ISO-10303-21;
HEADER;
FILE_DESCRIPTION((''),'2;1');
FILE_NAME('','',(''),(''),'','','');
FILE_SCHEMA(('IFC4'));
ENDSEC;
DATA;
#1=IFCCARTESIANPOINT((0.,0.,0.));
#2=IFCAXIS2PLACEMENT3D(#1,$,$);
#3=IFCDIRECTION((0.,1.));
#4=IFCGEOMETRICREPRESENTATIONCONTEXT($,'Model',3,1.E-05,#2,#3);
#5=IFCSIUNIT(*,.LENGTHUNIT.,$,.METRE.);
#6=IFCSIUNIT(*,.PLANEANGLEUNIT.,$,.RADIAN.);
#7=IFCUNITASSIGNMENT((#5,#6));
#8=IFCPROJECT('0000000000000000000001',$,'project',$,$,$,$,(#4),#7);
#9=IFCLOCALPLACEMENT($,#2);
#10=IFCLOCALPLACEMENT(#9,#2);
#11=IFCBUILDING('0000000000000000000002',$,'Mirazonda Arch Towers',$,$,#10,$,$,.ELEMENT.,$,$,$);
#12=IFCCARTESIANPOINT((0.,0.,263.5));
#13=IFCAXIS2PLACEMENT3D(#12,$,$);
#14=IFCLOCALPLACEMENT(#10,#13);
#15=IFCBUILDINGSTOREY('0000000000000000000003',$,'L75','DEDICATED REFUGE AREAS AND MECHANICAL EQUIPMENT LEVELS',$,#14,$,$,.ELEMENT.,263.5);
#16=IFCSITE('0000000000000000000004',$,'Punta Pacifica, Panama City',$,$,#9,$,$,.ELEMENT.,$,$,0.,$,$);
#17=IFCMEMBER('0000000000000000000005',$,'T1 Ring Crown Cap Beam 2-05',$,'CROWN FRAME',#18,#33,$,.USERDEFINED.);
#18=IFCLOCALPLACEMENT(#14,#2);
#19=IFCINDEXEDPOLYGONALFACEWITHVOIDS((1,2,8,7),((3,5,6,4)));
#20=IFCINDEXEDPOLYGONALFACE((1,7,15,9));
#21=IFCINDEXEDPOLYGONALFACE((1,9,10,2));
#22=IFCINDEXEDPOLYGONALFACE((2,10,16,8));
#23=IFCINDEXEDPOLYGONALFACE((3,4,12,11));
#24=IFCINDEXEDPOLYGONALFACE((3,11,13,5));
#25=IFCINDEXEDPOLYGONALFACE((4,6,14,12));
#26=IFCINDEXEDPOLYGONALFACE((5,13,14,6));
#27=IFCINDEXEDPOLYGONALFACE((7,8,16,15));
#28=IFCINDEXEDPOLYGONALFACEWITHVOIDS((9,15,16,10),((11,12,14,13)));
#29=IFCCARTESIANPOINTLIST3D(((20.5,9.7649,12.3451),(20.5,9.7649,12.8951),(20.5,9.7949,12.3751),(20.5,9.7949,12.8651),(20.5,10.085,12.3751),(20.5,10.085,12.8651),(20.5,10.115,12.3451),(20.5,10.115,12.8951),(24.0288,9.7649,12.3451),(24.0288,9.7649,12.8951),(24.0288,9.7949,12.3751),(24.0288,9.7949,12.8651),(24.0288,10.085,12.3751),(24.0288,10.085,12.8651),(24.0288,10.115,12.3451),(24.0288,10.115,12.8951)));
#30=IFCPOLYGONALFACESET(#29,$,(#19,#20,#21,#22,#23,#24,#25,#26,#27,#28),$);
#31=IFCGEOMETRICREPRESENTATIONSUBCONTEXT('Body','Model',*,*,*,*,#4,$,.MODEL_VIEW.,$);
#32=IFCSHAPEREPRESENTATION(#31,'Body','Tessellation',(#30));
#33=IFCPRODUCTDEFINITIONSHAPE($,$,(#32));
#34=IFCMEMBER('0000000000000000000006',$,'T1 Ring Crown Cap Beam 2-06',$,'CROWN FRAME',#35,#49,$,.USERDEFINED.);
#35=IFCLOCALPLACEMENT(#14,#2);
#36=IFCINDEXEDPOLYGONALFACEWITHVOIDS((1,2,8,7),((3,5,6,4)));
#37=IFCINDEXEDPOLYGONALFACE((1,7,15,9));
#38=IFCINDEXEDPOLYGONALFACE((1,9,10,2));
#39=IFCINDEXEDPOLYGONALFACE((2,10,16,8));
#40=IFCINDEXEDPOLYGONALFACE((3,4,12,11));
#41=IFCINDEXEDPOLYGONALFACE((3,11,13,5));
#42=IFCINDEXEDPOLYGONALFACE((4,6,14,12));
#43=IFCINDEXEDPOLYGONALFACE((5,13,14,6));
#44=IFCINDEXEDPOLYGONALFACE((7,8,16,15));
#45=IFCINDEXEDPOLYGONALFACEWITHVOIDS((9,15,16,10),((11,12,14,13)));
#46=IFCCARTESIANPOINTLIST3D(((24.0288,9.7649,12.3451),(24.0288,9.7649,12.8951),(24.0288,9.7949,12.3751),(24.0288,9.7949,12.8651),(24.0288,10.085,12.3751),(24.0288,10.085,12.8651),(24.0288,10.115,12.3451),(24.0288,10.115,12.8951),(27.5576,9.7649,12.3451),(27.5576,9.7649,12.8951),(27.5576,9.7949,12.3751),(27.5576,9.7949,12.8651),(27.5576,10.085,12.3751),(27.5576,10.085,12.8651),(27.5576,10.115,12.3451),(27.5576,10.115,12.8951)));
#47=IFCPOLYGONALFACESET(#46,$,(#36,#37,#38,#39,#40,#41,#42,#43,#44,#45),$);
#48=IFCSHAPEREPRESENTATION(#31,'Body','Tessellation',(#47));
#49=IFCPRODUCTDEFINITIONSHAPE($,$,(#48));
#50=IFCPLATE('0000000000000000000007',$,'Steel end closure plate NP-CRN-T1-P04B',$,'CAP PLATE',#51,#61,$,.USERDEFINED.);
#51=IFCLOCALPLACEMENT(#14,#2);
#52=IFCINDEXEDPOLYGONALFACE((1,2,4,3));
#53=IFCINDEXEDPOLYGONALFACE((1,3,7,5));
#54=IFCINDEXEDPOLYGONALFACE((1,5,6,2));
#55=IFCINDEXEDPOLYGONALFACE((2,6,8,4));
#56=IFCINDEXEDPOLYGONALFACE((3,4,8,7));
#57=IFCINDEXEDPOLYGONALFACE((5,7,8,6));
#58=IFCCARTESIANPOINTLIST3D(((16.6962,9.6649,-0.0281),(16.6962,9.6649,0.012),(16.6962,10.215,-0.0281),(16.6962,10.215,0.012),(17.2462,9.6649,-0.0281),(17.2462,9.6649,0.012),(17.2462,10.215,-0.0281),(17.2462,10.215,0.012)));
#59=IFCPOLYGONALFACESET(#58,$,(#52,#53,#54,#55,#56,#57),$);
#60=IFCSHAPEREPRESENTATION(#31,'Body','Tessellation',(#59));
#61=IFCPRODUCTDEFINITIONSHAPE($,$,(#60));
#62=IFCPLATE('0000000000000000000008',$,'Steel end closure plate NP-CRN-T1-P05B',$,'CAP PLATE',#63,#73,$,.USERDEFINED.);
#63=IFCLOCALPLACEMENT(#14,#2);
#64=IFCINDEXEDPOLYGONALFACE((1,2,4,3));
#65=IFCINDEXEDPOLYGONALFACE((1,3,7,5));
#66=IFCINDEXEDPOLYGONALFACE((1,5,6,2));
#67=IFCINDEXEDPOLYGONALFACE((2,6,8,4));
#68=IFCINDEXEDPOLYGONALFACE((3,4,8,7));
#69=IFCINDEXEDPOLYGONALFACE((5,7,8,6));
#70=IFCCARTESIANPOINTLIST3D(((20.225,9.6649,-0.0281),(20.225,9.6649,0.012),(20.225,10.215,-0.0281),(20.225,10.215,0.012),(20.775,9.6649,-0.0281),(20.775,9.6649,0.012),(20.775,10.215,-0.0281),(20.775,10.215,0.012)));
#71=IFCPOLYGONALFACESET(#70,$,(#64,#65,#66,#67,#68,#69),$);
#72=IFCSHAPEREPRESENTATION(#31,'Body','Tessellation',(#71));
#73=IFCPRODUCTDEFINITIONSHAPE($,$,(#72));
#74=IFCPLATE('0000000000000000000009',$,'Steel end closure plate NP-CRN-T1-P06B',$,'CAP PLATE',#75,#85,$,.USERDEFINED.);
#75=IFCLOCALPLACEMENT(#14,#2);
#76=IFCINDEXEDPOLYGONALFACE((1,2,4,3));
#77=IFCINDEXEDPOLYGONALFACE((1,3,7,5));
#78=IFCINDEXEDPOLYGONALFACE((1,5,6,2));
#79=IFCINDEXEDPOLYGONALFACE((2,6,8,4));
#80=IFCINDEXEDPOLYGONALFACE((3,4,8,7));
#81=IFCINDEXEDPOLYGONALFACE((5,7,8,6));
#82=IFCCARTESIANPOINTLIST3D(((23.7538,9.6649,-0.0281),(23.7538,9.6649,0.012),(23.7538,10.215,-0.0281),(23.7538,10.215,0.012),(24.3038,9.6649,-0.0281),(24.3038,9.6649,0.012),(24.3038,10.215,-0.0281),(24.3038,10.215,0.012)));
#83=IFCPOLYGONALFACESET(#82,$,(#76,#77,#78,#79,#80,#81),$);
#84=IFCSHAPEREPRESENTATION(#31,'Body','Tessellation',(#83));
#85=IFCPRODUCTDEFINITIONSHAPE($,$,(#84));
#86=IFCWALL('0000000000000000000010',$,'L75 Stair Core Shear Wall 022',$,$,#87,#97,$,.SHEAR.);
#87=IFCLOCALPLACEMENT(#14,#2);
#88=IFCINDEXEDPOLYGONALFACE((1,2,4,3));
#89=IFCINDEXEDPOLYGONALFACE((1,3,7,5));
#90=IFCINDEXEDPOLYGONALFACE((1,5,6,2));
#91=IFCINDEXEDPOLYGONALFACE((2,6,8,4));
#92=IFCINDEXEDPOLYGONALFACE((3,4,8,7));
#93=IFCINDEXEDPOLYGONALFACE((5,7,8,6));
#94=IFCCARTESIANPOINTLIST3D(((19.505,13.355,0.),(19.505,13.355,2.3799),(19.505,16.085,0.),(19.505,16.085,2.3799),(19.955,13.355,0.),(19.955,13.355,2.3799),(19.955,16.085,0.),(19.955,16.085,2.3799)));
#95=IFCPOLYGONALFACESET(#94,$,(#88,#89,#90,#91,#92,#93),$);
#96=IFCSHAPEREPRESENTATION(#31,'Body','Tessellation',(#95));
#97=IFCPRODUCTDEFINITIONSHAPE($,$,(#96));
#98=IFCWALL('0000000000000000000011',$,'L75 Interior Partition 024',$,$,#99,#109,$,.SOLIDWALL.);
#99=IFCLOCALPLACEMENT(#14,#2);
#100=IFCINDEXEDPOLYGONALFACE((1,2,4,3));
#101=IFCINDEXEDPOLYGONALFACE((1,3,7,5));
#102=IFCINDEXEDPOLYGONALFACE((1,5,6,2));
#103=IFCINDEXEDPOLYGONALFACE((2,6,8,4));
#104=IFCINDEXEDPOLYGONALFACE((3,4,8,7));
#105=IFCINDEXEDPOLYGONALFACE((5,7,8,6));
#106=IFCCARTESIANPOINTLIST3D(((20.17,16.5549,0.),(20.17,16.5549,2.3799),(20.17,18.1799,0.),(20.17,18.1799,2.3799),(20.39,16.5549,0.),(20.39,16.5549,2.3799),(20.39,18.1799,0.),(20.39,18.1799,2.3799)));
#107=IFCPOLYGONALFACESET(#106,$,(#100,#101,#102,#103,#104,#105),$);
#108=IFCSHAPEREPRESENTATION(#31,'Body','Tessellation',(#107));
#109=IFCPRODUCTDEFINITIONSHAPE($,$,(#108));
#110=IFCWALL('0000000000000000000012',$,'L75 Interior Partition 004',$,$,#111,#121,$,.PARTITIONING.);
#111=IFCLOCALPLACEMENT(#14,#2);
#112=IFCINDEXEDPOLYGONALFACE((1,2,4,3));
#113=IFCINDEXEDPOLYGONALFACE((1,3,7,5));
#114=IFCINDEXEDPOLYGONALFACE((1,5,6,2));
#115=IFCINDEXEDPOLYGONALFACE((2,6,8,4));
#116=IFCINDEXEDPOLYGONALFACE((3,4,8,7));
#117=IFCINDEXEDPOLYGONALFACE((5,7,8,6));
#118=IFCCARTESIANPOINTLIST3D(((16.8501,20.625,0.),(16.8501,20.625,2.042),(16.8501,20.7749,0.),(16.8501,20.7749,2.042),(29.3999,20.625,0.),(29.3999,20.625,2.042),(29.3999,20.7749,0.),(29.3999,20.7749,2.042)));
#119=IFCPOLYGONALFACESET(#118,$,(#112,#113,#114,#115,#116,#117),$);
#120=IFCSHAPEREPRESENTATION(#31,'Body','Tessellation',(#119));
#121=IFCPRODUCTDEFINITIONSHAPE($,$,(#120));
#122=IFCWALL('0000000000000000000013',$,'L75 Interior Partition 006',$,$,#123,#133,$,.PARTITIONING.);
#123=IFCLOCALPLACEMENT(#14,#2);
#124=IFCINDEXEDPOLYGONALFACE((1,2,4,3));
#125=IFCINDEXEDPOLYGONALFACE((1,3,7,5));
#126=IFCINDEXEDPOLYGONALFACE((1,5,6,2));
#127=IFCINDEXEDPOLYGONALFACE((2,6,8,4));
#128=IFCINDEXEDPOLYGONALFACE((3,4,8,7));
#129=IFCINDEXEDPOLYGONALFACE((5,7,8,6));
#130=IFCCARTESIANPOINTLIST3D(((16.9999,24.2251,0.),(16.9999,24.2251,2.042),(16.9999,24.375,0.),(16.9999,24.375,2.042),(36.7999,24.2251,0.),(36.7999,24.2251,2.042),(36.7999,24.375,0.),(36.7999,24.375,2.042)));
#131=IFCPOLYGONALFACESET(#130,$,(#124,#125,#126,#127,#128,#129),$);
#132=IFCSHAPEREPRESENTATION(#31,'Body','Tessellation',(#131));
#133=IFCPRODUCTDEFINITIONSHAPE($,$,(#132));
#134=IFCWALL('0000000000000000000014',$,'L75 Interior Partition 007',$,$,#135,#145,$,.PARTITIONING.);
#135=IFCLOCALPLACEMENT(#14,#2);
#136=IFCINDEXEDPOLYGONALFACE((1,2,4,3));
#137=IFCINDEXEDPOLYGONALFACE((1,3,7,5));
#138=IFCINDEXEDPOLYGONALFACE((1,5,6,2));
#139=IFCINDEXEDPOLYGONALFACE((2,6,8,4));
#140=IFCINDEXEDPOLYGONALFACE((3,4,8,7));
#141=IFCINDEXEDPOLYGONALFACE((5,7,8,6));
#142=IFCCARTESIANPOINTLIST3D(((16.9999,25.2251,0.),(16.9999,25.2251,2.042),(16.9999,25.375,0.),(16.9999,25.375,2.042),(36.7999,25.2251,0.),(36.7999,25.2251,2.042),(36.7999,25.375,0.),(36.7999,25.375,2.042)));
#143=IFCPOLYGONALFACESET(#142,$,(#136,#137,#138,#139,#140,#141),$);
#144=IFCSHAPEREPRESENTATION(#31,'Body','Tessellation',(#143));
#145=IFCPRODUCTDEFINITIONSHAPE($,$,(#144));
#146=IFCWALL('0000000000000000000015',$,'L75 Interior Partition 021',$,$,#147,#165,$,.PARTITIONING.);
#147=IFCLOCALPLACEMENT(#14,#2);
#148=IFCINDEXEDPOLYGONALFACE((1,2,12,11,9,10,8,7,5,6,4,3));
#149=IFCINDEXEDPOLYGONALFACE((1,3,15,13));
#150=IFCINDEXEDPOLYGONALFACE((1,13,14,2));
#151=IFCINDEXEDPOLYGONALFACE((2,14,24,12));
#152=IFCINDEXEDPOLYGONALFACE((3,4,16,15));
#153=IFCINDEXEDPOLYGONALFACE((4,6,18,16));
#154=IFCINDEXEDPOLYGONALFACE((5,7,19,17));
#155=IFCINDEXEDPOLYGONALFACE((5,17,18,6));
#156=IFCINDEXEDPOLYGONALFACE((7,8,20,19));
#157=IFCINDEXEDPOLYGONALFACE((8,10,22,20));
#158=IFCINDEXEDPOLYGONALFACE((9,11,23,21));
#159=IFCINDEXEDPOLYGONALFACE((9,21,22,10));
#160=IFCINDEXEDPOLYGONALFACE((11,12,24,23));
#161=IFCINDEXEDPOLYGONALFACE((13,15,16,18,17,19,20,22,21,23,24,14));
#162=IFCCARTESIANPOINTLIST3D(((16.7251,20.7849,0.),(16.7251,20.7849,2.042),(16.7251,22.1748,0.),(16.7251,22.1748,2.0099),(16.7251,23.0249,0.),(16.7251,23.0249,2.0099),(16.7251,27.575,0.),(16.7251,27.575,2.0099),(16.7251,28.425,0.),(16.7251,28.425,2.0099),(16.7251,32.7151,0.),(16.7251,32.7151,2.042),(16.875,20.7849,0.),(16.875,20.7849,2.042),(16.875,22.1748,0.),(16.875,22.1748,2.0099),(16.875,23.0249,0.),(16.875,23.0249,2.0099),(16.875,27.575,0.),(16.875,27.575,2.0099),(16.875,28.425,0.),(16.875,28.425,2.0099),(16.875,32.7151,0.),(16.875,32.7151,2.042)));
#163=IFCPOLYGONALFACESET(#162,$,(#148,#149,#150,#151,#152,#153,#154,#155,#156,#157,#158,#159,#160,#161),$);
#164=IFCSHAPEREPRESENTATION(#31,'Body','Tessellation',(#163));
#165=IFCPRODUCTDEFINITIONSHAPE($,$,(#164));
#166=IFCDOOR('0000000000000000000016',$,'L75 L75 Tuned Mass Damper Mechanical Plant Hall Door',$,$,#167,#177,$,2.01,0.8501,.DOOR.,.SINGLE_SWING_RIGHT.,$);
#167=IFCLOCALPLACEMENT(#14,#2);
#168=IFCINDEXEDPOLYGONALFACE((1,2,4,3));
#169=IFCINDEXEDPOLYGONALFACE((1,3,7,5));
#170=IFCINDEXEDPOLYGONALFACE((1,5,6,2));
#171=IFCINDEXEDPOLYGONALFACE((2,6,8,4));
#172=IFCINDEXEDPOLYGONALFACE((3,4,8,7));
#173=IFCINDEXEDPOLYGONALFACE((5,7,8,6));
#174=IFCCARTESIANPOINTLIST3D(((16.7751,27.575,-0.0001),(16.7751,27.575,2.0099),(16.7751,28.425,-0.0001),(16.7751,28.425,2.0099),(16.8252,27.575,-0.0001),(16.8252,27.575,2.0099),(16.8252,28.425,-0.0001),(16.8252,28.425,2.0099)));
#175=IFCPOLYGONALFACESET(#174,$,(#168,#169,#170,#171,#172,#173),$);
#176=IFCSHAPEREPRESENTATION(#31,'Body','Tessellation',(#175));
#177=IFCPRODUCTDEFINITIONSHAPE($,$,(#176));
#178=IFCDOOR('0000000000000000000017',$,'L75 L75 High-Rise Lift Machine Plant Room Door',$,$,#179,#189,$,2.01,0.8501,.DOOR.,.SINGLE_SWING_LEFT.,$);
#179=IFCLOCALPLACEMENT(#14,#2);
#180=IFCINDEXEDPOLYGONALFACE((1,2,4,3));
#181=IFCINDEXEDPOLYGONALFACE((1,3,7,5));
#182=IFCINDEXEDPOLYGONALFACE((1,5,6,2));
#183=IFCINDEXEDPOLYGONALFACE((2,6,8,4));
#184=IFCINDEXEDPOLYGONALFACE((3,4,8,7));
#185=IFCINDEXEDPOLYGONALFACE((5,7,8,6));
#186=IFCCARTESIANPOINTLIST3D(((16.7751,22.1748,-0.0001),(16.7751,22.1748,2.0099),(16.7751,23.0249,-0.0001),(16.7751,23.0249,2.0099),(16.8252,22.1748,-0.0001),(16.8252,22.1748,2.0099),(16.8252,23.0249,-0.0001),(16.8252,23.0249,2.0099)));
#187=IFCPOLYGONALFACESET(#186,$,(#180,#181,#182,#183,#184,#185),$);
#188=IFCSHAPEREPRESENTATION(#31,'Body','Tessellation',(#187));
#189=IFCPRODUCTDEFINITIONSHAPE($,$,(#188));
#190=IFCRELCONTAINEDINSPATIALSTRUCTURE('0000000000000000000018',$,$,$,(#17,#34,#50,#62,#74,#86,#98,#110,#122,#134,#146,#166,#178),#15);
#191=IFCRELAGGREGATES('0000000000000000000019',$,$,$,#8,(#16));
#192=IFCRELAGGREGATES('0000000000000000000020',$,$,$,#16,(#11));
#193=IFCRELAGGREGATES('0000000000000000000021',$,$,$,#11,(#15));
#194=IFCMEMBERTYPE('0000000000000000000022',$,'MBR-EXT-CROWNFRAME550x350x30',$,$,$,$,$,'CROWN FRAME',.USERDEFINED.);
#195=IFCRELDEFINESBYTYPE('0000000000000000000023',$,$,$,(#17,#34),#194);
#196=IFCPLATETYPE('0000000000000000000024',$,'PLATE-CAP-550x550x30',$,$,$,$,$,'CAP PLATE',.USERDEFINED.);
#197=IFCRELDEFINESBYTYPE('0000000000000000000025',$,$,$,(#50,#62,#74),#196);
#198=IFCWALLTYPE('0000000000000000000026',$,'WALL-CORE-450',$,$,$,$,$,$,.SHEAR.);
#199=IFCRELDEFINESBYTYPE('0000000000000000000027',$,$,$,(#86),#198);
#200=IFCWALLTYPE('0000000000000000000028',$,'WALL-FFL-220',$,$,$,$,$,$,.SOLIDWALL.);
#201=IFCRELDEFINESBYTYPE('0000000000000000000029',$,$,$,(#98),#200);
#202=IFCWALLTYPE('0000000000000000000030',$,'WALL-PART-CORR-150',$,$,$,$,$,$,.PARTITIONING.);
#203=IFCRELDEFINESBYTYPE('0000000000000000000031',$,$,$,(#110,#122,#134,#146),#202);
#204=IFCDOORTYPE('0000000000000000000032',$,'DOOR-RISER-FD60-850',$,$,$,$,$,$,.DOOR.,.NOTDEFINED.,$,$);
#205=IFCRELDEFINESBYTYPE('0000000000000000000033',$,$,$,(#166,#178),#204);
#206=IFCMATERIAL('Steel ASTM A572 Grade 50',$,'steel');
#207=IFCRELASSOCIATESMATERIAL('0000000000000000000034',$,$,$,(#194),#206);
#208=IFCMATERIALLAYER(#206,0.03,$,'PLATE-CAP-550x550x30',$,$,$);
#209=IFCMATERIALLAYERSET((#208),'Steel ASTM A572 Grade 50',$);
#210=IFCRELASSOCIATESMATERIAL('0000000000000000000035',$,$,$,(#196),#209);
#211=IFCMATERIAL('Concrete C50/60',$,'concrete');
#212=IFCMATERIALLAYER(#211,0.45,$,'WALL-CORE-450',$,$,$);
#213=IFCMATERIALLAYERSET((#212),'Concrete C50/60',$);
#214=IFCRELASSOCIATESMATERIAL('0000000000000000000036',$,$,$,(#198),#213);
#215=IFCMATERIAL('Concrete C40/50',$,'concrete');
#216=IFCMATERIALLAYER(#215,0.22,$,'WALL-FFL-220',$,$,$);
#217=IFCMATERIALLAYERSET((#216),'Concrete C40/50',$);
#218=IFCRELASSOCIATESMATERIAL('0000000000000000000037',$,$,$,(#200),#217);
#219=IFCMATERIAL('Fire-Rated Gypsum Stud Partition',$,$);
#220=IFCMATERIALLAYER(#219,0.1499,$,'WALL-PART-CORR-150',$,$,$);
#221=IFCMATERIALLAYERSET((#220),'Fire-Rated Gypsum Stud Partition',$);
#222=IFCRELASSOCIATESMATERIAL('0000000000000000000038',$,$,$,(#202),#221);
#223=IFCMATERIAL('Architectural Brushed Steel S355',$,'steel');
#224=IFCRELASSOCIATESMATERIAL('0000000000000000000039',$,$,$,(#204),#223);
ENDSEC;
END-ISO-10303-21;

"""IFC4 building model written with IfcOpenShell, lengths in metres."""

from ifc_helpers import new_model, si_unit, direction, frame, frame_2d, origin, origin_2d, place, context, subcontext, project, spatial, rectangle, hollow_rectangle, extrude, material, layer, layer_set, material_profile, profile_set, type_object, element, fill, save


model = new_model("IFC4")

# Units and contexts
model_context = context("Model", 3, precision=1e-05, world=origin(), true_north=direction((0.0, 1.0)))
body_context = subcontext(model_context, "Body", "Model", "MODEL_VIEW")
ifc_project = project(units=[si_unit("LENGTHUNIT", "METRE"), si_unit("PLANEANGLEUNIT", "RADIAN")], contexts=[model_context])

# Site, building, storey
site_placement = place(None, origin())
site = spatial("IfcSite", under=ifc_project, at=site_placement, Name="Punta Pacifica, Panama City", CompositionType="ELEMENT", RefElevation=0.0)
building_placement = place(site_placement, origin())
building = spatial("IfcBuilding", under=site, at=building_placement, Name="Mirazonda Arch Towers", CompositionType="ELEMENT")
storey_placement = place(building_placement, frame((0.0, 0.0, 263.5)))
storey = spatial("IfcBuildingStorey", under=building, at=storey_placement, Name="L75", Description="DEDICATED REFUGE AREAS AND MECHANICAL EQUIPMENT LEVELS", CompositionType="ELEMENT", Elevation=263.5)

# Shared definitions
ifc_material_1 = material(Name="Concrete C50/60", Category="concrete")

# Members
ifc_material_2 = material(Name="Steel ASTM A572 Grade 50", Category="steel")
ifc_material_profile_1 = material_profile(ifc_material_2, hollow_rectangle(XDim=0.3501, YDim=0.55, WallThickness=0.03, at=origin_2d()), Name="CROWNFRAME550x350x30")
ifc_profile_set_1 = profile_set([ifc_material_profile_1], Name="Steel ASTM A572 Grade 50")
member_type = type_object("IfcMemberType", Name="MBR-EXT-CROWNFRAME550x350x30", ElementType="CROWN FRAME", PredefinedType="USERDEFINED", material=ifc_profile_set_1)
for number, where, z_axis, x_axis, name in (
    (1, (20.5, 9.9399, 12.6201), (1.0, 0.0, 0.0), (0.0, 1.0, 0.0), "T1 Ring Crown Cap Beam 2-05"),
    (2, (24.0288, 9.9399, 12.6201), (1.0, 0.0, 0.0), (0.0, 1.0, 0.0), "T1 Ring Crown Cap Beam 2-06"),
):
    element("IfcMember", number, at=place(storey_placement, frame(where, z_axis=z_axis, x_axis=x_axis)), inside=storey, type_object=member_type, Name=name, ObjectType="CROWN FRAME", PredefinedType="USERDEFINED", context=body_context, shape_type="SweptSolid", body=[
        extrude(hollow_rectangle(XDim=0.3501, YDim=0.55, WallThickness=0.03, at=origin_2d()), origin(), (0.0, 0.0, 1.0), 3.5288),
    ])

# Plates
ifc_layer_1 = layer(ifc_material_2, 0.03, Name="PLATE-CAP-550x550x30")
ifc_layer_set_1 = layer_set([ifc_layer_1], Name="Steel ASTM A572 Grade 50")
plate_type = type_object("IfcPlateType", Name="PLATE-CAP-550x550x30", ElementType="CAP PLATE", PredefinedType="USERDEFINED", material=ifc_layer_set_1)
for number, where, z_axis, x_axis, name in (
    (3, (16.9712, 9.9399, -0.0281), (0.0, 0.0, 1.0), (1.0, 0.0, 0.0), "Steel end closure plate NP-CRN-T1-P04B"),
    (4, (20.5, 9.9399, -0.0281), (0.0, 0.0, 1.0), (1.0, 0.0, 0.0), "Steel end closure plate NP-CRN-T1-P05B"),
    (5, (24.0288, 9.9399, -0.0281), (0.0, 0.0, 1.0), (1.0, 0.0, 0.0), "Steel end closure plate NP-CRN-T1-P06B"),
):
    element("IfcPlate", number, at=place(storey_placement, frame(where, z_axis=z_axis, x_axis=x_axis)), inside=storey, type_object=plate_type, Name=name, ObjectType="CAP PLATE", PredefinedType="USERDEFINED", context=body_context, shape_type="SweptSolid", body=[
        extrude(rectangle(XDim=0.55, YDim=0.55, at=origin_2d()), origin(), (0.0, 0.0, 1.0), 0.04),
    ])

# Walls
ifc_layer_2 = layer(ifc_material_1, 0.45, Name="WALL-CORE-450")
ifc_layer_set_2 = layer_set([ifc_layer_2], Name="Concrete C50/60")
wall_type_1 = type_object("IfcWallType", Name="WALL-CORE-450", PredefinedType="SHEAR", material=ifc_layer_set_2)
wall_1_placement = place(storey_placement, frame((19.73, 13.355, 0.0), z_axis=(0.0, 0.0, 1.0), x_axis=(0.0, 1.0, 0.0)))
element("IfcWall", 6, at=wall_1_placement, inside=storey, type_object=wall_type_1, Name="L75 Stair Core Shear Wall 022", PredefinedType="SHEAR", context=body_context, shape_type="SweptSolid", body=[
    extrude(rectangle(XDim=2.73, YDim=0.45, at=frame_2d((1.365, 0.0))), origin(), (0.0, 0.0, 1.0), 2.3799),
])
ifc_material_3 = material(Name="Concrete C40/50", Category="concrete")
ifc_layer_3 = layer(ifc_material_3, 0.22, Name="WALL-FFL-220")
ifc_layer_set_3 = layer_set([ifc_layer_3], Name="Concrete C40/50")
wall_type_2 = type_object("IfcWallType", Name="WALL-FFL-220", PredefinedType="SOLIDWALL", material=ifc_layer_set_3)
wall_2_placement = place(storey_placement, frame((20.28, 16.5549, 0.0), z_axis=(0.0, 0.0, 1.0), x_axis=(0.0, 1.0, 0.0)))
element("IfcWall", 7, at=wall_2_placement, inside=storey, type_object=wall_type_2, Name="L75 Interior Partition 024", PredefinedType="SOLIDWALL", context=body_context, shape_type="SweptSolid", body=[
    extrude(rectangle(XDim=1.625, YDim=0.22, at=frame_2d((0.8125, 0.0))), origin(), (0.0, 0.0, 1.0), 2.3799),
])
ifc_material_4 = material(Name="Fire-Rated Gypsum Stud Partition")
ifc_layer_4 = layer(ifc_material_4, 0.1499, Name="WALL-PART-CORR-150")
ifc_layer_set_4 = layer_set([ifc_layer_4], Name="Fire-Rated Gypsum Stud Partition")
wall_type_3 = type_object("IfcWallType", Name="WALL-PART-CORR-150", PredefinedType="PARTITIONING", material=ifc_layer_set_4)
wall_3_placement = place(storey_placement, frame((16.8501, 20.7, 0.0), z_axis=(0.0, 0.0, 1.0), x_axis=(1.0, 0.0, 0.0)))
element("IfcWall", 8, at=wall_3_placement, inside=storey, type_object=wall_type_3, Name="L75 Interior Partition 004", PredefinedType="PARTITIONING", context=body_context, shape_type="SweptSolid", body=[
    extrude(rectangle(XDim=12.5498, YDim=0.1499, at=frame_2d((6.2749, 0.0))), origin(), (0.0, 0.0, 1.0), 2.042),
])
for number, where, z_axis, x_axis, name in (
    (9, (17.0, 24.3, 0.0), (0.0, 0.0, 1.0), (1.0, 0.0, 0.0), "L75 Interior Partition 006"),
    (10, (17.0, 25.3, 0.0), (0.0, 0.0, 1.0), (1.0, 0.0, 0.0), "L75 Interior Partition 007"),
):
    element("IfcWall", number, at=place(storey_placement, frame(where, z_axis=z_axis, x_axis=x_axis)), inside=storey, type_object=wall_type_3, Name=name, PredefinedType="PARTITIONING", context=body_context, shape_type="SweptSolid", body=[
        extrude(rectangle(XDim=19.8, YDim=0.1499, at=frame_2d((9.8999, 0.0))), origin(), (0.0, 0.0, 1.0), 2.042),
    ])

# Wall, openings, doors
wall_4_placement = place(storey_placement, frame((16.8, 20.7849, 0.0), z_axis=(0.0, 0.0, 1.0), x_axis=(0.0, 1.0, 0.0)))
wall_4 = element("IfcWall", 11, at=wall_4_placement, inside=storey, type_object=wall_type_3, Name="L75 Interior Partition 021", PredefinedType="PARTITIONING", context=body_context, shape_type="SweptSolid", body=[
    extrude(rectangle(XDim=11.9302, YDim=0.1499, at=frame_2d((5.9651, 0.0))), origin(), (0.0, 0.0, 1.0), 2.042),
])
opening_1_placement = place(wall_4_placement, frame((6.79, 0.0, 0.0)))
opening_1 = element("IfcOpeningElement", 12, at=opening_1_placement, cuts=wall_4, PredefinedType="OPENING", context=body_context, shape_type="SweptSolid", body=[
    extrude(rectangle(XDim=0.8501, YDim=2.01, at=frame_2d((0.425, 1.0049))), frame((0.0, 0.085, 0.0), z_axis=(0.0, -1.0, 0.0), x_axis=(1.0, 0.0, 0.0)), (0.0, 0.0, 1.0), 0.1699),
])
opening_2_placement = place(wall_4_placement, frame((1.3899, 0.0, 0.0)))
opening_2 = element("IfcOpeningElement", 13, at=opening_2_placement, cuts=wall_4, PredefinedType="OPENING", context=body_context, shape_type="SweptSolid", body=[
    extrude(rectangle(XDim=0.8501, YDim=2.01, at=frame_2d((0.425, 1.0049))), frame((0.0, 0.085, 0.0), z_axis=(0.0, -1.0, 0.0), x_axis=(1.0, 0.0, 0.0)), (0.0, 0.0, 1.0), 0.1699),
])
ifc_material_5 = material(Name="Architectural Brushed Steel S355", Category="steel")
door_type = type_object("IfcDoorType", Name="DOOR-RISER-FD60-850", OperationType="NOTDEFINED", PredefinedType="DOOR", material=ifc_material_5)
door_1_placement = place(opening_1_placement, origin())
door_1 = element("IfcDoor", 14, at=door_1_placement, inside=storey, type_object=door_type, Name="L75 L75 Tuned Mass Damper Mechanical Plant Hall Door", OperationType="SINGLE_SWING_RIGHT", OverallHeight=2.01, OverallWidth=0.8501, PredefinedType="DOOR", context=body_context, shape_type="SweptSolid", body=[
    extrude(rectangle(XDim=0.8501, YDim=2.01, at=frame_2d((0.425, 1.0049))), frame((0.0, 0.0249, 0.0), z_axis=(0.0, -1.0, 0.0), x_axis=(1.0, 0.0, 0.0)), (0.0, 0.0, 1.0), 0.05),
])
fill(opening_1, door_1)
door_2_placement = place(opening_2_placement, origin())
door_2 = element("IfcDoor", 15, at=door_2_placement, inside=storey, type_object=door_type, Name="L75 L75 High-Rise Lift Machine Plant Room Door", OperationType="SINGLE_SWING_LEFT", OverallHeight=2.01, OverallWidth=0.8501, PredefinedType="DOOR", context=body_context, shape_type="SweptSolid", body=[
    extrude(rectangle(XDim=0.8501, YDim=2.01, at=frame_2d((0.425, 1.0049))), frame((0.0, 0.0249, 0.0), z_axis=(0.0, -1.0, 0.0), x_axis=(1.0, 0.0, 0.0)), (0.0, 0.0, 1.0), 0.05),
])
fill(opening_2, door_2)

save(model, "model.ifc")
